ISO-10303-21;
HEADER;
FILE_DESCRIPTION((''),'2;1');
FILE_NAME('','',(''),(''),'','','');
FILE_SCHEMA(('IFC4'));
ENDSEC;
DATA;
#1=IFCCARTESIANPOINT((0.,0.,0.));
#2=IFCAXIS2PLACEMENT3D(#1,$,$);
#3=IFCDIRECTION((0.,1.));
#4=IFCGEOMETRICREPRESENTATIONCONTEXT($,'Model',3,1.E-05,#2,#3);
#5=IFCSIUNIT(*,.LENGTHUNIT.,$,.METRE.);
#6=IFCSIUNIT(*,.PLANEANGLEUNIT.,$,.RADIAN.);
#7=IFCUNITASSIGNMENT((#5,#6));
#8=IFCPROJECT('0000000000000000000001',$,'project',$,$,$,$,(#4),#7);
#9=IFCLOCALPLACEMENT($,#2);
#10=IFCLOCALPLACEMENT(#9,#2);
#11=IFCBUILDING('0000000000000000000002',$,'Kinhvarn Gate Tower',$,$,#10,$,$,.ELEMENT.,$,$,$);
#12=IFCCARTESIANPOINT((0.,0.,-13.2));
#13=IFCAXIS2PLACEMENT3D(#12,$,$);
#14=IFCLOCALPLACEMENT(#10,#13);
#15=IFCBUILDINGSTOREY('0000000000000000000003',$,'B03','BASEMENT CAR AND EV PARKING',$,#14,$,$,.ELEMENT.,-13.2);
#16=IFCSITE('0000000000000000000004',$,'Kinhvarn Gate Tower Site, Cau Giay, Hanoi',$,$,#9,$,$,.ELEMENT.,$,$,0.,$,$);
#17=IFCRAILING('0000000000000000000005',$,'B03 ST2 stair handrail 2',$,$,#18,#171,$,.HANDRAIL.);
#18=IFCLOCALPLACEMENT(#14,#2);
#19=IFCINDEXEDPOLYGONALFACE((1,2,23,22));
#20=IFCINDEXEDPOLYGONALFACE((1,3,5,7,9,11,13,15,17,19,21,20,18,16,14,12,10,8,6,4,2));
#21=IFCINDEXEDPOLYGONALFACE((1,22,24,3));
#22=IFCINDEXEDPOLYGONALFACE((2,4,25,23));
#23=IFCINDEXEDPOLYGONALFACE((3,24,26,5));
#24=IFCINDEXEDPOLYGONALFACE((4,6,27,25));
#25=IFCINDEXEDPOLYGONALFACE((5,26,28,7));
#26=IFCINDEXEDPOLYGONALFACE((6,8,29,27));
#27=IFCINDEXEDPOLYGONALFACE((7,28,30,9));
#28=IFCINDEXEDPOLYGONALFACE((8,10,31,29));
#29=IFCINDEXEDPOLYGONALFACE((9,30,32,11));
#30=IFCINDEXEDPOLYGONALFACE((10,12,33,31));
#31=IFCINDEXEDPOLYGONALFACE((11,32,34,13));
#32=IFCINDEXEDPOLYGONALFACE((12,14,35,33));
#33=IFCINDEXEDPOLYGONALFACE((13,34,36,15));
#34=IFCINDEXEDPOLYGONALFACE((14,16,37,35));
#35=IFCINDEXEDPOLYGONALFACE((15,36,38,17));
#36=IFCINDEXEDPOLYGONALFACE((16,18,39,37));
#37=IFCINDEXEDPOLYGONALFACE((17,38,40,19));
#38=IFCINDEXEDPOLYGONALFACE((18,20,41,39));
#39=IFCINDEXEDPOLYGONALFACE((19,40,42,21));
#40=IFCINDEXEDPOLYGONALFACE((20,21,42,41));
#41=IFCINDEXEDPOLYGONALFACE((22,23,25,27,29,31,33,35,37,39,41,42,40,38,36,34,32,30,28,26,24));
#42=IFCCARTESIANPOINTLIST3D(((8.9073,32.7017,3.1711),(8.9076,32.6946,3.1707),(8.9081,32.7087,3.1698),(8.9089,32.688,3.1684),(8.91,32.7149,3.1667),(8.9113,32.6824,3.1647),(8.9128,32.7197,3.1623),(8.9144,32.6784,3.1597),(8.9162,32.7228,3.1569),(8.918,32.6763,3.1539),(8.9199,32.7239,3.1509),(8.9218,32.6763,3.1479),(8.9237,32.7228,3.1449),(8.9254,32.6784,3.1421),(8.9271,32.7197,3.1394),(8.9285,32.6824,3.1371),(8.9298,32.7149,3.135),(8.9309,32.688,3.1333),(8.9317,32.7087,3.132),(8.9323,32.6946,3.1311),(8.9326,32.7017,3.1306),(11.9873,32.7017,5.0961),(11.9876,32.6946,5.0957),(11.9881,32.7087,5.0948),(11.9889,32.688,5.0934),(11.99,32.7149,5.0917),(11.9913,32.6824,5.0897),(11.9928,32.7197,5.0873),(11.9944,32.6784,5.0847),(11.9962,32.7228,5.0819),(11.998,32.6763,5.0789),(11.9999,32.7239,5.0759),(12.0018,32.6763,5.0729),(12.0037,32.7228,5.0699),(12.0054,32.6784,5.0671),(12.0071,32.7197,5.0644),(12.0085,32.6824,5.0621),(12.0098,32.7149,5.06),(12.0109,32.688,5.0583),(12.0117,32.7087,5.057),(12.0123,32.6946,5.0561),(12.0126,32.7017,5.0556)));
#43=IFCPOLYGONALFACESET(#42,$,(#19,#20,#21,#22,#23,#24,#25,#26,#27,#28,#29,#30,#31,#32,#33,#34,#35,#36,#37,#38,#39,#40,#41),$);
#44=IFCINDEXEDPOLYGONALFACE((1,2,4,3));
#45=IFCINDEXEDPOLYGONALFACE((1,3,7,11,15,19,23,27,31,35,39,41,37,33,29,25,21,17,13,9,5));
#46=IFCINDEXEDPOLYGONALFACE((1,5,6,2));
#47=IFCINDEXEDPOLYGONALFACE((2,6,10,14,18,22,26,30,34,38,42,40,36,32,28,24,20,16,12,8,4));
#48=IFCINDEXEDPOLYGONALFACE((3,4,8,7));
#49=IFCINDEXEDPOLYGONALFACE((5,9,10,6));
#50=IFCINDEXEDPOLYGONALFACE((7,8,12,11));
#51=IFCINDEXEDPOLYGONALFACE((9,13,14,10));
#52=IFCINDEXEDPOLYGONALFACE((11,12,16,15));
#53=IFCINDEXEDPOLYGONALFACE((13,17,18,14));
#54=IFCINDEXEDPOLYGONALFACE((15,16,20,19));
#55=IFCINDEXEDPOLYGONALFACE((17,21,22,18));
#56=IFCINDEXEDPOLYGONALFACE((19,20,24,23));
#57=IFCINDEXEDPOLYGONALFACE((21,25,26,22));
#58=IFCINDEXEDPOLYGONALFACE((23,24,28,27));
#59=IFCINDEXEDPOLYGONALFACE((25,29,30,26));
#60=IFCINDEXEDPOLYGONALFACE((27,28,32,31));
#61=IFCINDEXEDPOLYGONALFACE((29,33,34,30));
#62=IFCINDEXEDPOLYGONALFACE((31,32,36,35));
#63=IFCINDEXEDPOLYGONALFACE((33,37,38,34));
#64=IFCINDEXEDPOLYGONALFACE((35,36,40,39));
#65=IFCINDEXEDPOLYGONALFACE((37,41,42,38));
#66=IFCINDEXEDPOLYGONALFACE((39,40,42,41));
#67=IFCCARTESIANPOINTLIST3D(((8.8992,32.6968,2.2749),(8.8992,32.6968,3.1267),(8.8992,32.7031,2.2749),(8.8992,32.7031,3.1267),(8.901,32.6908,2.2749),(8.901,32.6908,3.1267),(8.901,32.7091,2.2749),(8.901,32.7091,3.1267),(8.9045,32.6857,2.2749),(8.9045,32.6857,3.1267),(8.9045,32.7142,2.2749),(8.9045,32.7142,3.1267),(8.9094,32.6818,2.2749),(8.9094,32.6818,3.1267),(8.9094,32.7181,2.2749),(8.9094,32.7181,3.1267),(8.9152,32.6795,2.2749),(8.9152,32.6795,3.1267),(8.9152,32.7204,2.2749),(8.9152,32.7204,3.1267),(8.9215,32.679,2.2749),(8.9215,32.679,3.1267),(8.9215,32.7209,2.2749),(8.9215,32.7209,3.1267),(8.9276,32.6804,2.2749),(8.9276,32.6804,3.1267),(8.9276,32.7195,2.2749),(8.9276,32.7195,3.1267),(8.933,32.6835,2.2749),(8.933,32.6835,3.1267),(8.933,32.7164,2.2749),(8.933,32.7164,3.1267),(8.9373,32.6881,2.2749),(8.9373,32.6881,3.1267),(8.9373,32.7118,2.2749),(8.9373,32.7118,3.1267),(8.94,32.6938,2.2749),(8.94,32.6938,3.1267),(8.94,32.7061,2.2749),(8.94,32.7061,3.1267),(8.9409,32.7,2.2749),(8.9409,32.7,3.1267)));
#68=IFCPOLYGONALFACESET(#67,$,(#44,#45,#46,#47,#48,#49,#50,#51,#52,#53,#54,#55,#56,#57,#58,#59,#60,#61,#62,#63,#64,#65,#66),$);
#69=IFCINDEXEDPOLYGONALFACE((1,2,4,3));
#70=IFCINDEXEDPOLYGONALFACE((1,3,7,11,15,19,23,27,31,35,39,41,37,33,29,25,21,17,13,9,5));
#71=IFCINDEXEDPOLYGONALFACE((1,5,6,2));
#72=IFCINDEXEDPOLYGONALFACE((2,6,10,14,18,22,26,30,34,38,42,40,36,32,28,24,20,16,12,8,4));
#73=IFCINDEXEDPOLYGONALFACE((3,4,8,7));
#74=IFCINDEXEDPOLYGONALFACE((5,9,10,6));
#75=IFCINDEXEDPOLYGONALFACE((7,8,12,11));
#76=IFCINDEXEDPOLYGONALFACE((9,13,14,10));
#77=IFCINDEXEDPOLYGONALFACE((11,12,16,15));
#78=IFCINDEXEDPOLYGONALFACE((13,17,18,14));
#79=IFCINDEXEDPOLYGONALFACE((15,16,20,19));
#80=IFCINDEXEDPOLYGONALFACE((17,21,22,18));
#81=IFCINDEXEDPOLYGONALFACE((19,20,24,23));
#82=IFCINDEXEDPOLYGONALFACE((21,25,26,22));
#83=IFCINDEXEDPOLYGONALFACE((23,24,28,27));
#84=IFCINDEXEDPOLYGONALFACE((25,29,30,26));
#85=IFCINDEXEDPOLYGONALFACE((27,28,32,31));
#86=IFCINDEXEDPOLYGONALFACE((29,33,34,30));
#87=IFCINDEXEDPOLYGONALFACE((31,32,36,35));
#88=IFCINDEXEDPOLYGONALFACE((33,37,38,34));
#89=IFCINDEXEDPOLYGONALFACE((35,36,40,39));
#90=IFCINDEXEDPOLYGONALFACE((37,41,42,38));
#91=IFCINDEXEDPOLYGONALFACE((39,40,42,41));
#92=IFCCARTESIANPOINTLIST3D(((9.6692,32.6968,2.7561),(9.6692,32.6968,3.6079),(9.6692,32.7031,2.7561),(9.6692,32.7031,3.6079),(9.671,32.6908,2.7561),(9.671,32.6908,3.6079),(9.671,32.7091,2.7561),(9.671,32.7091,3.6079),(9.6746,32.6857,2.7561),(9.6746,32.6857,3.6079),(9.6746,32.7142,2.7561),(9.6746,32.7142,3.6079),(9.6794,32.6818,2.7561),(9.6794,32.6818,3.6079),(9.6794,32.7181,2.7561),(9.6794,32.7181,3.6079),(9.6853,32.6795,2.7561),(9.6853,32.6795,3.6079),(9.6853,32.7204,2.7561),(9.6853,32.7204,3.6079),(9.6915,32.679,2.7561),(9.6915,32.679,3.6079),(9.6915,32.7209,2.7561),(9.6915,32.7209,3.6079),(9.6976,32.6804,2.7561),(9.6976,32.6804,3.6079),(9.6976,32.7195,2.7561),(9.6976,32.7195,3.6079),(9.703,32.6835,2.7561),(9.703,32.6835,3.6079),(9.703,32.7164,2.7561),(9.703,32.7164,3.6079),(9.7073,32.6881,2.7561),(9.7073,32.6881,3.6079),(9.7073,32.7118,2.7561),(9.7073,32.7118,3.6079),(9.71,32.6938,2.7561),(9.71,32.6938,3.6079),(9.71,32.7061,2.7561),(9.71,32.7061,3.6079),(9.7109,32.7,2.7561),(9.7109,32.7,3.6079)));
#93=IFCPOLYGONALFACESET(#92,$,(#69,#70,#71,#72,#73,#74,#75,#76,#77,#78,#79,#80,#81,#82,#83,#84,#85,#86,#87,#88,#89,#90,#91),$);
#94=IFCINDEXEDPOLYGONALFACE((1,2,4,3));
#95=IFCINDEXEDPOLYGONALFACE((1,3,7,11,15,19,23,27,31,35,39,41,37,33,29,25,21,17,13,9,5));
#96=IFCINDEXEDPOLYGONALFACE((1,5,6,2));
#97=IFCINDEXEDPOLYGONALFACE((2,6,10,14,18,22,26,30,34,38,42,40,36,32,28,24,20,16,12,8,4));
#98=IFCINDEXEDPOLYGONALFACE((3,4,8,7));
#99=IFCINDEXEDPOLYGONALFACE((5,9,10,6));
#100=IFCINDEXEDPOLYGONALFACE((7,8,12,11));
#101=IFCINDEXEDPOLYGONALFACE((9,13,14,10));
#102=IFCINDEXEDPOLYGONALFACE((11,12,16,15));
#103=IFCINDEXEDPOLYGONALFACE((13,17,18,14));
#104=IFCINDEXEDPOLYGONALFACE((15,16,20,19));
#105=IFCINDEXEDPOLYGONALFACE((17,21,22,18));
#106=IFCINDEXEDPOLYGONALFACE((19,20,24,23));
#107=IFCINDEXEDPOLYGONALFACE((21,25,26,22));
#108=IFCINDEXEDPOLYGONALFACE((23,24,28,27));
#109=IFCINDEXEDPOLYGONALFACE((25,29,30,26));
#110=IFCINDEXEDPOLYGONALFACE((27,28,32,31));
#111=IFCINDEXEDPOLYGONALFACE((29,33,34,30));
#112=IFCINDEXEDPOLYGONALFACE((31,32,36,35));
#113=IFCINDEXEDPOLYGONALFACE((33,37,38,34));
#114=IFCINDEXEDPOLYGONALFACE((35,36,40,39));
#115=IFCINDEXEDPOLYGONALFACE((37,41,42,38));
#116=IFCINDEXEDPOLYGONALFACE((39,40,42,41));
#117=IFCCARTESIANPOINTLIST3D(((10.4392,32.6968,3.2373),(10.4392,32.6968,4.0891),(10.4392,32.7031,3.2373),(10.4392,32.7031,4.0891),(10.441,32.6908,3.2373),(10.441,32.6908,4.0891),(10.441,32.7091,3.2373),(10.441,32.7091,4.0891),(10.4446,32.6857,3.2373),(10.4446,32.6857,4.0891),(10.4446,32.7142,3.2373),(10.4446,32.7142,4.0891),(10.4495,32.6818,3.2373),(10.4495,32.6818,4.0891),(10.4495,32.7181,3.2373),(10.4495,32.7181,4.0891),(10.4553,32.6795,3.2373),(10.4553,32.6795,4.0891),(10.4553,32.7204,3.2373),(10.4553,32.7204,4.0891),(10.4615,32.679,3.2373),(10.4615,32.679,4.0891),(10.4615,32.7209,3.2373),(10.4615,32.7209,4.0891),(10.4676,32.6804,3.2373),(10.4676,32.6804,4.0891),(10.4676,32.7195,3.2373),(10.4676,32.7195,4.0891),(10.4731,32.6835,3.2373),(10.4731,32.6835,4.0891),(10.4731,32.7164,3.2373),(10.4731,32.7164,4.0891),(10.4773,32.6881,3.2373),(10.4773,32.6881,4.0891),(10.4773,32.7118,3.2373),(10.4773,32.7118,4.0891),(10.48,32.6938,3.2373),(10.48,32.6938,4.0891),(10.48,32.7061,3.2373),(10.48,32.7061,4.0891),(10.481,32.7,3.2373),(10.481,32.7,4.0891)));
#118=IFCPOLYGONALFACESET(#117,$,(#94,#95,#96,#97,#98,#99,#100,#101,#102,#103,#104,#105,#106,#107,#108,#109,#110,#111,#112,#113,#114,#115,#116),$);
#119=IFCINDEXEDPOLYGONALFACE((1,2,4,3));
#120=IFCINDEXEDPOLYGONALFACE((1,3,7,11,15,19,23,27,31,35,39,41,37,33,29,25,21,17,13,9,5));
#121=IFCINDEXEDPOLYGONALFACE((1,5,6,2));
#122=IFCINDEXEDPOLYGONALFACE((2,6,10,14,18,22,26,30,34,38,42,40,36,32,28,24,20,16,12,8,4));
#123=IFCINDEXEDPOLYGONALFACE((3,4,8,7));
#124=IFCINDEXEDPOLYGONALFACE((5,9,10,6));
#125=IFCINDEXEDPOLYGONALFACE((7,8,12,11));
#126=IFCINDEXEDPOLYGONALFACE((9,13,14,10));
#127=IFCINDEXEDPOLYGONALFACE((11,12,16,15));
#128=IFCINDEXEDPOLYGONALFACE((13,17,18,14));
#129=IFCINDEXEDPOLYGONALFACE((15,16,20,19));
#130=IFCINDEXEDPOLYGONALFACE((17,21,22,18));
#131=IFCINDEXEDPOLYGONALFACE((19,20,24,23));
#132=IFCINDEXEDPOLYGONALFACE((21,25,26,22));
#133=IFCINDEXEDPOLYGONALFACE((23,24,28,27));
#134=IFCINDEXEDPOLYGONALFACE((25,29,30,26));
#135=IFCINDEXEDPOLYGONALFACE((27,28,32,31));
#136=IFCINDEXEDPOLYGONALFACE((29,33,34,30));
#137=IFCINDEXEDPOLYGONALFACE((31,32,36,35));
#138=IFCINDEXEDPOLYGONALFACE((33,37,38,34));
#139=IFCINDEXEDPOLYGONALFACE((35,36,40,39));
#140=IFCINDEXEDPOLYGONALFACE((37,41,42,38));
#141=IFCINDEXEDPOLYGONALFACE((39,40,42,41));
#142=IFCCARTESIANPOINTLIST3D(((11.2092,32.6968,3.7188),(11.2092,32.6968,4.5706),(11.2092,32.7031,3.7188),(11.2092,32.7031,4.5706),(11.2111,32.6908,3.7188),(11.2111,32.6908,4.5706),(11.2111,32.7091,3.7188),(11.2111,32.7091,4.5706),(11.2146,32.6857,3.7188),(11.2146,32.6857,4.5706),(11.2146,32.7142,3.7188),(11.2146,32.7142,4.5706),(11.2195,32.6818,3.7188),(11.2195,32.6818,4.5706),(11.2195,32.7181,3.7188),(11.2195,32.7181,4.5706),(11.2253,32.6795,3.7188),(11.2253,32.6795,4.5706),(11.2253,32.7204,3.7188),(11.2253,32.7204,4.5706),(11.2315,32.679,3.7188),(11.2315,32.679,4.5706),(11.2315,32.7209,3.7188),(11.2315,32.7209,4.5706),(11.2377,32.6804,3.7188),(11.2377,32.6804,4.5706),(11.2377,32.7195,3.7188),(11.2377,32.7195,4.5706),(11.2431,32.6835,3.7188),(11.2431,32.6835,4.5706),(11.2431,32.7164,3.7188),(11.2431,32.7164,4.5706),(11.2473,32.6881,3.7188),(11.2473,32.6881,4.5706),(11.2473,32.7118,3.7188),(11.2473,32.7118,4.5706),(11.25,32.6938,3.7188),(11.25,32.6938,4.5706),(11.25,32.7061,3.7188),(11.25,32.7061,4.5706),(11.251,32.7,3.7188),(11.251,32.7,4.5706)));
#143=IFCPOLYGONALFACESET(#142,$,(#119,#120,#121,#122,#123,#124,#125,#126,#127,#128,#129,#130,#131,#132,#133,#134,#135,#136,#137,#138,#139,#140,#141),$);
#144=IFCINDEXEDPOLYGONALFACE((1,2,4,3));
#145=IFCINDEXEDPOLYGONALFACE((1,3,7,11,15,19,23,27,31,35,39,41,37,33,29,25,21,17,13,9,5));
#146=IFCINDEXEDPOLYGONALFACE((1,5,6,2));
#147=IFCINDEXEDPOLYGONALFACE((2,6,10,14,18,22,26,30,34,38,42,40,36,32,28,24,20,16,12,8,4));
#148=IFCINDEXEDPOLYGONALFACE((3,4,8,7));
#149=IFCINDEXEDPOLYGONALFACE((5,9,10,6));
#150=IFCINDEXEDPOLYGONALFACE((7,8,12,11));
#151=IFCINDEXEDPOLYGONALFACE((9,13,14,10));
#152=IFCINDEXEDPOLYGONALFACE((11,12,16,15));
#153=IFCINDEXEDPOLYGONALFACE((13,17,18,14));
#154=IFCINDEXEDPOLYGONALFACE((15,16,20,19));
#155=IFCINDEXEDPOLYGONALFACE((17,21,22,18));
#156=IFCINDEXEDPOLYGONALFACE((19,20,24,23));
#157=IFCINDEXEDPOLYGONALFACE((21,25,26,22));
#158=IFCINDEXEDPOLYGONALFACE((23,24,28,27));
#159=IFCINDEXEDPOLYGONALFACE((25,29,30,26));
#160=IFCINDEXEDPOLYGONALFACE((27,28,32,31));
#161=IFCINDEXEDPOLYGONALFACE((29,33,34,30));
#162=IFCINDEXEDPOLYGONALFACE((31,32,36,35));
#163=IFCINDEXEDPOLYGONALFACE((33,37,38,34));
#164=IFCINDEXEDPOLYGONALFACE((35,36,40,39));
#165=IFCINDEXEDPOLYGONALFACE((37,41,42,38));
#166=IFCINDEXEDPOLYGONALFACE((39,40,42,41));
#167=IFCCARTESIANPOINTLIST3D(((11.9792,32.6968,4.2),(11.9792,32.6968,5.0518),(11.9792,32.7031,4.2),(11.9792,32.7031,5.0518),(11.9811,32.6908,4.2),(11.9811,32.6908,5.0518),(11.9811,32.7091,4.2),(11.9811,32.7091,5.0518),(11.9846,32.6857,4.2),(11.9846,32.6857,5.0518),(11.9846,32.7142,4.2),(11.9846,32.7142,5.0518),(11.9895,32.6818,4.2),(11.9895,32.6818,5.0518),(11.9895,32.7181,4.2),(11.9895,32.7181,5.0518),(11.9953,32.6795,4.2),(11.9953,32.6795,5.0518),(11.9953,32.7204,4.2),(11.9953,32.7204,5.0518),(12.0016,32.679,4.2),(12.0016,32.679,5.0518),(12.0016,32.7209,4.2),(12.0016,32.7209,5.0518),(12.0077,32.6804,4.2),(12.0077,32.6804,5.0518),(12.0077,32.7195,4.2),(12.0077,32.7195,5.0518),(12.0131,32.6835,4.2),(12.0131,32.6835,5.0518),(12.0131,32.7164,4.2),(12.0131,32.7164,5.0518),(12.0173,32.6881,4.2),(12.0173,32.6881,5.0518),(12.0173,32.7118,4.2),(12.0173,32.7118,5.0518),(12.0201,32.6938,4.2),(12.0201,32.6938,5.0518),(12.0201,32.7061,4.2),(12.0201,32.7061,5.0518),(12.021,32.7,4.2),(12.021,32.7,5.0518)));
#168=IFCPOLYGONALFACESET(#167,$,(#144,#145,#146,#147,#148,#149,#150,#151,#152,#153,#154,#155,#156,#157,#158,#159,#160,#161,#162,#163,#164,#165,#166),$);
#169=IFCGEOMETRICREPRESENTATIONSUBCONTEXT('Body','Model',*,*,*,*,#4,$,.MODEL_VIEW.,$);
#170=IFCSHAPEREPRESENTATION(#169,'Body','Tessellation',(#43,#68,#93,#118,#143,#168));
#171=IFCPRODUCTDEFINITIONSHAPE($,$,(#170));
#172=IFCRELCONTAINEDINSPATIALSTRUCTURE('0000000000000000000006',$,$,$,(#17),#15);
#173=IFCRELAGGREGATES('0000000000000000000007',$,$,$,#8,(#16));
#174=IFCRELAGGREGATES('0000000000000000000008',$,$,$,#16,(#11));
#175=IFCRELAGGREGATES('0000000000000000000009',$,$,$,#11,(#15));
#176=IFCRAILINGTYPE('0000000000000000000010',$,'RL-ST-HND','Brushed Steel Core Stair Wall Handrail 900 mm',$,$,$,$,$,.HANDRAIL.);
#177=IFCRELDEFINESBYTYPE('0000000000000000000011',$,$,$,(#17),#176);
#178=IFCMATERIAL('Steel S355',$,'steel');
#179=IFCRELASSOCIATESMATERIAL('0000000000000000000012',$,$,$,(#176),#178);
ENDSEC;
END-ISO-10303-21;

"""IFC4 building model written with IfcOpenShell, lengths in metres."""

from ifc_helpers import new_model, si_unit, direction, frame, origin, origin_2d, place, context, subcontext, project, spatial, circle, extrude, material, type_object, element, save


model = new_model("IFC4")

# Units and contexts
model_context = context("Model", 3, precision=1e-05, world=origin(), true_north=direction((0.0, 1.0)))
body_context = subcontext(model_context, "Body", "Model", "MODEL_VIEW")
ifc_project = project(units=[si_unit("LENGTHUNIT", "METRE"), si_unit("PLANEANGLEUNIT", "RADIAN")], contexts=[model_context])

# Site, building, storey
site_placement = place(None, origin())
site = spatial("IfcSite", under=ifc_project, at=site_placement, Name="Kinhvarn Gate Tower Site, Cau Giay, Hanoi", CompositionType="ELEMENT", RefElevation=0.0)
building_placement = place(site_placement, origin())
building = spatial("IfcBuilding", under=site, at=building_placement, Name="Kinhvarn Gate Tower", CompositionType="ELEMENT")
storey_placement = place(building_placement, frame((0.0, 0.0, -13.2)))
storey = spatial("IfcBuildingStorey", under=building, at=storey_placement, Name="B03", Description="BASEMENT CAR AND EV PARKING", CompositionType="ELEMENT", Elevation=-13.2)

# Shared definitions
ifc_material_1 = material(Name="Steel S355", Category="steel")

# Railing
railing_type_1 = type_object("IfcRailingType", Name="RL-ST-HND", Description="Brushed Steel Core Stair Wall Handrail 900 mm", PredefinedType="HANDRAIL", material=ifc_material_1)
railing_1_placement = place(storey_placement, frame((8.9199, 32.7, 2.2749)))
element("IfcRailing", 1, at=railing_1_placement, inside=storey, type_object=railing_type_1, Name="B03 ST2 stair handrail 2", PredefinedType="HANDRAIL", context=body_context, shape_type="SweptSolid", body=[
    extrude(circle(Radius=0.0239, at=origin_2d()), frame((0.0, 0.0, 0.876), z_axis=(0.847998, 0.0, 0.529999), x_axis=(0.0, 1.0, 0.0)), (0.0, 0.0, 1.0), 3.6321),
    extrude(circle(Radius=0.021, at=origin_2d()), origin(), (0.0, 0.0, 1.0), 0.8518),
    extrude(circle(Radius=0.021, at=origin_2d()), frame((0.77, 0.0, 0.4812)), (0.0, 0.0, 1.0), 0.8518),
    extrude(circle(Radius=0.021, at=origin_2d()), frame((1.54, 0.0, 0.9624)), (0.0, 0.0, 1.0), 0.8518),
    extrude(circle(Radius=0.021, at=origin_2d()), frame((2.3101, 0.0, 1.4438)), (0.0, 0.0, 1.0), 0.8518),
    extrude(circle(Radius=0.021, at=origin_2d()), frame((3.0801, 0.0, 1.925)), (0.0, 0.0, 1.0), 0.8518),
])

save(model, "model.ifc")
